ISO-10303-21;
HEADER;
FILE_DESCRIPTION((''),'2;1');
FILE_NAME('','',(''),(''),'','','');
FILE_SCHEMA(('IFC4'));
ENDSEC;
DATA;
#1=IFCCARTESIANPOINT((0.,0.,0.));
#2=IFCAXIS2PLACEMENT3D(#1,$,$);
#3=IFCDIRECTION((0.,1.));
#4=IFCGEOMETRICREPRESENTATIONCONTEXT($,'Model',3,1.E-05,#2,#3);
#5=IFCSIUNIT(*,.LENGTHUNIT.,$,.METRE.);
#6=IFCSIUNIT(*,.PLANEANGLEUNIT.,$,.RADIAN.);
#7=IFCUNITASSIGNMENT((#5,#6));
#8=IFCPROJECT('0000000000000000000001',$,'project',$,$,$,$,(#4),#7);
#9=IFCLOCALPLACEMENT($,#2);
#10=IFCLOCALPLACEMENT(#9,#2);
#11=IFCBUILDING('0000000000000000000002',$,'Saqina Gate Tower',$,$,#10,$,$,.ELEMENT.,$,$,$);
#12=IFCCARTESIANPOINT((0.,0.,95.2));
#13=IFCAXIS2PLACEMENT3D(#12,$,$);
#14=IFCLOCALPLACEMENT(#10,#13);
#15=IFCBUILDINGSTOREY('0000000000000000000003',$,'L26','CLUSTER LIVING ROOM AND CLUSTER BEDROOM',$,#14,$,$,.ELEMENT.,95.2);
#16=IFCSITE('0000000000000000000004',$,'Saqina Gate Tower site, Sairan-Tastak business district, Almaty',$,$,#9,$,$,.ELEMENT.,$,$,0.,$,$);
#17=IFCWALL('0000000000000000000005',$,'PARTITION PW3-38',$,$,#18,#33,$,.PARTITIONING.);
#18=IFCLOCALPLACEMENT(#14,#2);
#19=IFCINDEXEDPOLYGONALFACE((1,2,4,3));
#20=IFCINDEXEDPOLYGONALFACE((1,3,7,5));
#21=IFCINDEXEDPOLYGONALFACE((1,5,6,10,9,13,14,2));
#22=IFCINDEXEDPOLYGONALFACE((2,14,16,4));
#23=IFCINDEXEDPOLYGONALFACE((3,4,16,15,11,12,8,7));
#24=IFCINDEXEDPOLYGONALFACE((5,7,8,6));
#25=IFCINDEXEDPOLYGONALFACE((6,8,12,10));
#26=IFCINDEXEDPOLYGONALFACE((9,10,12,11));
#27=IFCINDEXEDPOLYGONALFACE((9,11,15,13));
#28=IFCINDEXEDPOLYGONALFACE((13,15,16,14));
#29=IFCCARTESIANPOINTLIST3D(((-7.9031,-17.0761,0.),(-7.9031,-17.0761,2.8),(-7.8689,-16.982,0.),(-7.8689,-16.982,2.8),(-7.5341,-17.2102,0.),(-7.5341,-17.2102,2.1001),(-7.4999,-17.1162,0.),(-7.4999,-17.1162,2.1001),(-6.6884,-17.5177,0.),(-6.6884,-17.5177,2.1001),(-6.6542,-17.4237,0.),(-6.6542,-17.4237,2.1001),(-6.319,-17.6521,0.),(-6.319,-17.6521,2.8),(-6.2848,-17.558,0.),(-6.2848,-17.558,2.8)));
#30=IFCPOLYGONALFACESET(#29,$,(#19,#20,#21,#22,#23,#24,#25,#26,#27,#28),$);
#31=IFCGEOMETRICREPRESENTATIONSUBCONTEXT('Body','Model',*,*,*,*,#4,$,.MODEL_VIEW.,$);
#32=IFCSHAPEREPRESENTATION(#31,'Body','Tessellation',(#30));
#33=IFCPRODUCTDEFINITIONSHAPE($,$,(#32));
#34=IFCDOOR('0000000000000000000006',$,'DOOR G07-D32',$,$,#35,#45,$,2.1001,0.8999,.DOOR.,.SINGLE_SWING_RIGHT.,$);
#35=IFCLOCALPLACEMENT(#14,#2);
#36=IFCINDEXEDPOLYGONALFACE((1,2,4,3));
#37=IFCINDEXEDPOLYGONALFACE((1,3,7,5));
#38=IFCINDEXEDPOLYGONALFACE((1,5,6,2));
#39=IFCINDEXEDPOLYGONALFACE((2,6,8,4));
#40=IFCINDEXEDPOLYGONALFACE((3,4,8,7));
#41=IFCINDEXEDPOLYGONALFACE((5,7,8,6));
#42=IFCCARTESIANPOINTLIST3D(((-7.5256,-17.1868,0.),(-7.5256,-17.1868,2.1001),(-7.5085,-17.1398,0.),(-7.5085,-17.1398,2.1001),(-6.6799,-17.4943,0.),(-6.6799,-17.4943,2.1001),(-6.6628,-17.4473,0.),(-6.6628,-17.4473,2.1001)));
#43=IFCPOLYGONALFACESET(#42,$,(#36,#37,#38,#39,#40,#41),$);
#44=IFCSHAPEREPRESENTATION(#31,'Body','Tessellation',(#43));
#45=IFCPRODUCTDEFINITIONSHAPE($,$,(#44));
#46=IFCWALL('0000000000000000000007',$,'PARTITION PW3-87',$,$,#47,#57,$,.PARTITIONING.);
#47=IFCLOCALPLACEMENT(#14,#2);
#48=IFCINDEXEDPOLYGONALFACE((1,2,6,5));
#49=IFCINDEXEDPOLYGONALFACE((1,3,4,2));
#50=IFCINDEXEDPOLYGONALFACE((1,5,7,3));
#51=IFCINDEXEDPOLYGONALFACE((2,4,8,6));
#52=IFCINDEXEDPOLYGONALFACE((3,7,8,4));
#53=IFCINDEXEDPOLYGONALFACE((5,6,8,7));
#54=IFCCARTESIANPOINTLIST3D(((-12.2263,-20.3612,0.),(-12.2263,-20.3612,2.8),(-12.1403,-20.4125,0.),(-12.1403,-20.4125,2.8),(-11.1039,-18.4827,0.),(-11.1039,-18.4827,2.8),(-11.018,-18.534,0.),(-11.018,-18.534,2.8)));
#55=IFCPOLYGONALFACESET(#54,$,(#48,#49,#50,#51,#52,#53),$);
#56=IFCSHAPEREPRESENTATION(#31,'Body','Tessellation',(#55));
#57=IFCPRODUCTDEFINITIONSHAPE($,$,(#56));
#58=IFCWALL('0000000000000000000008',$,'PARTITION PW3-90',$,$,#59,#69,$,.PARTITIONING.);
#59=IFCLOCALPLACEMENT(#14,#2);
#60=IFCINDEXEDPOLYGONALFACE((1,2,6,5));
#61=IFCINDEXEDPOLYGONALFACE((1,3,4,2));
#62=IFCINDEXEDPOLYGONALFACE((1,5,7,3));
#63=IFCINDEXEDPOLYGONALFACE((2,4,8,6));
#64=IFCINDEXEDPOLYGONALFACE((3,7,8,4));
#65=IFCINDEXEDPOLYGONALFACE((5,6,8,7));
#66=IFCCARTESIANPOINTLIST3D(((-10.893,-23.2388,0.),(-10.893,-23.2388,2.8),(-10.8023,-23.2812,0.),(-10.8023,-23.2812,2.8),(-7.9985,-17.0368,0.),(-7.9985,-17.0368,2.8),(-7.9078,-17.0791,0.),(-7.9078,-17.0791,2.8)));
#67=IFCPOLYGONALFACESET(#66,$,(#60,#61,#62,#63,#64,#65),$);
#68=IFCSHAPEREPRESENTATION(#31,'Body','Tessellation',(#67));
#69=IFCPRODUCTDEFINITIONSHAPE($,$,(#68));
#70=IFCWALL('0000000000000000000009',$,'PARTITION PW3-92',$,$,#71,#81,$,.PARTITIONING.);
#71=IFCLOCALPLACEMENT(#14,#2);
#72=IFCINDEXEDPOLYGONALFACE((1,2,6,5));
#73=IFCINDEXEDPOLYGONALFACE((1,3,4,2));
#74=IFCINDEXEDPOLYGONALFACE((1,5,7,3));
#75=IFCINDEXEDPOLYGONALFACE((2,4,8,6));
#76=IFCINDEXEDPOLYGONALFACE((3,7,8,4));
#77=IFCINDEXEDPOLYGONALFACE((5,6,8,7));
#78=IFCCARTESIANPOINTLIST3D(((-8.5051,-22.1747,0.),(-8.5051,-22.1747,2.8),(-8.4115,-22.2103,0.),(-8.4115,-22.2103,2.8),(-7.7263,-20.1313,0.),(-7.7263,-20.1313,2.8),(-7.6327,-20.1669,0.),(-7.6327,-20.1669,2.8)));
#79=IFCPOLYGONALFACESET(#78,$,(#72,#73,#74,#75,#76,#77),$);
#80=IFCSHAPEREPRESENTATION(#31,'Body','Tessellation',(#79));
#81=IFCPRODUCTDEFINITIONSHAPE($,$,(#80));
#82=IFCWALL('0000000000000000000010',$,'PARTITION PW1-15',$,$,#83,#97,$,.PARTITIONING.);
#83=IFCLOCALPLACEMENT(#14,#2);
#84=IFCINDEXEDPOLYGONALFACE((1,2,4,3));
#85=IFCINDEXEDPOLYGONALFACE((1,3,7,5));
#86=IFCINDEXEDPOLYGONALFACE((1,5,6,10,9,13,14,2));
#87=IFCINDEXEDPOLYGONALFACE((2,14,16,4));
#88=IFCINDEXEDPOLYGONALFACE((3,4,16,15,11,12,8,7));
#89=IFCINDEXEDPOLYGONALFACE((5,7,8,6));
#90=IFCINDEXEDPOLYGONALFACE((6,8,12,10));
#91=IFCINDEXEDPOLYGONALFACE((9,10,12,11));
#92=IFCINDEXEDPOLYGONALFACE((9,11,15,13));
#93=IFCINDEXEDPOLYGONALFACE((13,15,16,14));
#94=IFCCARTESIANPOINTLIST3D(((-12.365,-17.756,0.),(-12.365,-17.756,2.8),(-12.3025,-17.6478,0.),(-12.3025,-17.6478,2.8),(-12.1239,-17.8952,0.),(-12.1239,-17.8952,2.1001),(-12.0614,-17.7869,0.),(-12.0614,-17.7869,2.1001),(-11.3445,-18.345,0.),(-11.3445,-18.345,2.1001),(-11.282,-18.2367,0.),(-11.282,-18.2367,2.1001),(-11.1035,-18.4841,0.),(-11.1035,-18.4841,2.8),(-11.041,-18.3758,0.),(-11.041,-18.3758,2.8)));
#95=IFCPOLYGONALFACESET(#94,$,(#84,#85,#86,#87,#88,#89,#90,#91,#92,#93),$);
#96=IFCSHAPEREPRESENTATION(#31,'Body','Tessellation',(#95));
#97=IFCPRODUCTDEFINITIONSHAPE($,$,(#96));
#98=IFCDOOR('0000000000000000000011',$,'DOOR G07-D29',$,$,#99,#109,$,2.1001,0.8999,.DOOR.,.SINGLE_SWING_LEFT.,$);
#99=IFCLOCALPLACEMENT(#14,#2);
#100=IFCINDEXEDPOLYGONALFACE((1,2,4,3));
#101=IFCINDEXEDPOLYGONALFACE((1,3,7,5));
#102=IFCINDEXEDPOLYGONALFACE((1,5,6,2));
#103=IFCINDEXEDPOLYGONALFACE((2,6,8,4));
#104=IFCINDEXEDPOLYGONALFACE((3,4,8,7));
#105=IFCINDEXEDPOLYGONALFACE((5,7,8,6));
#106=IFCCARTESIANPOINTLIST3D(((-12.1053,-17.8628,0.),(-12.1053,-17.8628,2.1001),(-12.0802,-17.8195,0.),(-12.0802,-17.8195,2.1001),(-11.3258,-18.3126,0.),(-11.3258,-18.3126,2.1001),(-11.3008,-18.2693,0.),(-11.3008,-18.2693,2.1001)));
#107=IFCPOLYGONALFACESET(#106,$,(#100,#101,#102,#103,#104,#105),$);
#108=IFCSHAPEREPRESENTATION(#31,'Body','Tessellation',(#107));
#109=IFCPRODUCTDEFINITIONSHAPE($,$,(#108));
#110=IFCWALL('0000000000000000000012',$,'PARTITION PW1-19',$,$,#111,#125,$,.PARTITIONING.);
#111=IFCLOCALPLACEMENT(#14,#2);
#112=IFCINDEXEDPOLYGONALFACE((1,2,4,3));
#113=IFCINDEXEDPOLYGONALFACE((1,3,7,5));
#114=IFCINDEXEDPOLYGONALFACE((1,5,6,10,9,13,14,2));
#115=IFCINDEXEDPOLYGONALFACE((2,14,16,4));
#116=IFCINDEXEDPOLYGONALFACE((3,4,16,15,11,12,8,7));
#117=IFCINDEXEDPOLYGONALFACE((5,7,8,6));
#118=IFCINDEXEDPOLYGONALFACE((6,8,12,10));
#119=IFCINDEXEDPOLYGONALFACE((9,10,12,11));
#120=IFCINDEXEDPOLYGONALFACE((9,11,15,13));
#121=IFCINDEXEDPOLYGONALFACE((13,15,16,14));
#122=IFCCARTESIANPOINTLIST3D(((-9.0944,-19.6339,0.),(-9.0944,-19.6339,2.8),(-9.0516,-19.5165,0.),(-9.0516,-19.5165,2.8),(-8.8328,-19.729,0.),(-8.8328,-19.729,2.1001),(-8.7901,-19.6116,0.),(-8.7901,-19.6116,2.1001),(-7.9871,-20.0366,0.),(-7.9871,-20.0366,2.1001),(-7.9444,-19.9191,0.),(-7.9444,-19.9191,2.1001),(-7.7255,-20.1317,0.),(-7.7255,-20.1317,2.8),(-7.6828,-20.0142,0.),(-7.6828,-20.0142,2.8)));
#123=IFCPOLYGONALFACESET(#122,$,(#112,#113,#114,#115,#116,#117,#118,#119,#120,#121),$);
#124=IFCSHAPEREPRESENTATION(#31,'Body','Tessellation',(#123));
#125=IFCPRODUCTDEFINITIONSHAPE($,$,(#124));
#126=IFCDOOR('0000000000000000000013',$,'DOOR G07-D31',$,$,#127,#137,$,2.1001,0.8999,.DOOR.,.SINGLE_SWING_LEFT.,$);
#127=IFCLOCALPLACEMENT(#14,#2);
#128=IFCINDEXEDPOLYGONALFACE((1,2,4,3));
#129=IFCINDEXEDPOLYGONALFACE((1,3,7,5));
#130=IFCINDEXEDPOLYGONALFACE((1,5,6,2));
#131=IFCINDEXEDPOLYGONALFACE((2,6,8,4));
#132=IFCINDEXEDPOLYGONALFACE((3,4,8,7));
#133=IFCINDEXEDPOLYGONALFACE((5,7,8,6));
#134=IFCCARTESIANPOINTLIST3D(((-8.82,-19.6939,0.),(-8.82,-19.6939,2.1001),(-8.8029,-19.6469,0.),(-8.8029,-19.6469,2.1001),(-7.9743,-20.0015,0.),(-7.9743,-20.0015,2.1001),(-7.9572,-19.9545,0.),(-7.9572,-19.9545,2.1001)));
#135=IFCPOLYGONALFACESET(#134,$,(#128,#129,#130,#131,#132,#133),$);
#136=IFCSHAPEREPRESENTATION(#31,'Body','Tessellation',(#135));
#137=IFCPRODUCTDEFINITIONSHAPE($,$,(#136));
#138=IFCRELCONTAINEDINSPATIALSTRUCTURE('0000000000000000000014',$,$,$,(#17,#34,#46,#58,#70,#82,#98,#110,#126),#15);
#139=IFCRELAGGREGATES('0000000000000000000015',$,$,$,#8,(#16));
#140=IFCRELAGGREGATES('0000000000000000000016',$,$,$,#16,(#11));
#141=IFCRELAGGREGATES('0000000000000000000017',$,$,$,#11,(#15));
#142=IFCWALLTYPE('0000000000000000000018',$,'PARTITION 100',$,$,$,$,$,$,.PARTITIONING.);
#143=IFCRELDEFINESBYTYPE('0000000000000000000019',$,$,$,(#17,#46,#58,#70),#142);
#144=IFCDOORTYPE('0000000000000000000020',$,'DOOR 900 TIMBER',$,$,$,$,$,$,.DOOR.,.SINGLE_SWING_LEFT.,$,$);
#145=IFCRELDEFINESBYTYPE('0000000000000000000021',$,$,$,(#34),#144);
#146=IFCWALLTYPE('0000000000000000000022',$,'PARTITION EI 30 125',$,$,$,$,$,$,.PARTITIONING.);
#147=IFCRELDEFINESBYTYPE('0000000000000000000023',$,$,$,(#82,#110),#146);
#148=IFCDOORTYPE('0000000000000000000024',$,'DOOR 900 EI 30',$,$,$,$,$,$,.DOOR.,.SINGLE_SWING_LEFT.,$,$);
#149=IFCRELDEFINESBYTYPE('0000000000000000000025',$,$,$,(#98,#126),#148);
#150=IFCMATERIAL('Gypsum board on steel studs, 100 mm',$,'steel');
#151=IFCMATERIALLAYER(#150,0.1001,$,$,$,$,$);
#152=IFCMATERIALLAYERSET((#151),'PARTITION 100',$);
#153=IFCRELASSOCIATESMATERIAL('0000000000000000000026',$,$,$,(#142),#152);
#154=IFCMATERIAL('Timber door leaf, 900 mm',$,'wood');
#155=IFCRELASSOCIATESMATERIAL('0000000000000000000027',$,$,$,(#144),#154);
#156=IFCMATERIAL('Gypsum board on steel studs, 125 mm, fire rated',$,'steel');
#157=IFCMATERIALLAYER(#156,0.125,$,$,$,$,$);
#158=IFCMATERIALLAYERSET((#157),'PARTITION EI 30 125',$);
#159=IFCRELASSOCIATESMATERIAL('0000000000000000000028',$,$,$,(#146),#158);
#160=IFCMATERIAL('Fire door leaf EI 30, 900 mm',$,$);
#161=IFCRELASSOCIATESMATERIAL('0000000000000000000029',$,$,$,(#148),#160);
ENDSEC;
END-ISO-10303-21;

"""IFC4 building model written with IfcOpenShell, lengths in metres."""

from ifc_helpers import new_model, si_unit, direction, frame, frame_2d, origin, place, context, subcontext, project, spatial, rectangle, extrude, material, layer, layer_set, type_object, element, fill, save


model = new_model("IFC4")

# Units and contexts
model_context = context("Model", 3, precision=1e-05, world=origin(), true_north=direction((0.0, 1.0)))
body_context = subcontext(model_context, "Body", "Model", "MODEL_VIEW")
ifc_project = project(units=[si_unit("LENGTHUNIT", "METRE"), si_unit("PLANEANGLEUNIT", "RADIAN")], contexts=[model_context])

# Site, building, storey
site_placement = place(None, origin())
site = spatial("IfcSite", under=ifc_project, at=site_placement, Name="Saqina Gate Tower site, Sairan-Tastak business district, Almaty", CompositionType="ELEMENT", RefElevation=0.0)
building_placement = place(site_placement, origin())
building = spatial("IfcBuilding", under=site, at=building_placement, Name="Saqina Gate Tower", CompositionType="ELEMENT")
storey_placement = place(building_placement, frame((0.0, 0.0, 95.2)))
storey = spatial("IfcBuildingStorey", under=building, at=storey_placement, Name="L26", Description="CLUSTER LIVING ROOM AND CLUSTER BEDROOM", CompositionType="ELEMENT", Elevation=95.2)

# Shared definitions
ifc_material_1 = material(Name="Gypsum board on steel studs, 100 mm", Category="steel")
ifc_layer_1 = layer(ifc_material_1, 0.1001)
ifc_layer_set_1 = layer_set([ifc_layer_1], Name="PARTITION 100")
wall_type_1 = type_object("IfcWallType", Name="PARTITION 100", PredefinedType="PARTITIONING", material=ifc_layer_set_1)

# Wall, opening, door
wall_1_placement = place(storey_placement, frame((-7.886, -17.0291, 0.0), z_axis=(0.0, 0.0, 1.0), x_axis=(0.939806, -0.341708, 0.0)))
wall_1 = element("IfcWall", 1, at=wall_1_placement, inside=storey, type_object=wall_type_1, Name="PARTITION PW3-38", PredefinedType="PARTITIONING", context=body_context, shape_type="SweptSolid", body=[
    extrude(rectangle(XDim=1.6855, YDim=0.1001, at=frame_2d((0.8428, 0.0))), origin(), (0.0, 0.0, 1.0), 2.8),
])
opening_1_placement = place(wall_1_placement, frame((0.3926, 0.0, 0.0)))
opening_1 = element("IfcOpeningElement", 2, at=opening_1_placement, cuts=wall_1, PredefinedType="OPENING", context=body_context, shape_type="SweptSolid", body=[
    extrude(rectangle(XDim=0.8999, YDim=2.1001, at=frame_2d((0.45, 1.05))), frame((0.0, 0.062, 0.0), z_axis=(0.0, -1.0, 0.0), x_axis=(1.0, 0.0, 0.0)), (0.0, 0.0, 1.0), 0.124),
])
ifc_material_2 = material(Name="Timber door leaf, 900 mm", Category="wood")
door_type_1 = type_object("IfcDoorType", Name="DOOR 900 TIMBER", OperationType="SINGLE_SWING_LEFT", PredefinedType="DOOR", material=ifc_material_2)
door_1_placement = place(opening_1_placement, origin())
door_1 = element("IfcDoor", 3, at=door_1_placement, inside=storey, type_object=door_type_1, Name="DOOR G07-D32", OperationType="SINGLE_SWING_RIGHT", OverallHeight=2.1001, OverallWidth=0.8999, PredefinedType="DOOR", context=body_context, shape_type="SweptSolid", body=[
    extrude(rectangle(XDim=0.8999, YDim=2.1001, at=frame_2d((0.45, 1.05))), frame((0.0, 0.0249, 0.0), z_axis=(0.0, -1.0, 0.0), x_axis=(1.0, 0.0, 0.0)), (0.0, 0.0, 1.0), 0.05),
])
fill(opening_1, door_1)

# Walls
wall_2_placement = place(storey_placement, frame((-12.1833, -20.387, 0.0), z_axis=(0.0, 0.0, 1.0), x_axis=(0.512903, 0.858446, 0.0)))
element("IfcWall", 4, at=wall_2_placement, inside=storey, type_object=wall_type_1, Name="PARTITION PW3-87", PredefinedType="PARTITIONING", context=body_context, shape_type="SweptSolid", body=[
    extrude(rectangle(XDim=2.1882, YDim=0.1001, at=frame_2d((1.0942, 0.0))), origin(), (0.0, 0.0, 1.0), 2.8),
])
wall_3_placement = place(storey_placement, frame((-10.8477, -23.26, 0.0), z_axis=(0.0, 0.0, 1.0), x_axis=(0.422909, 0.906172, 0.0)))
element("IfcWall", 5, at=wall_3_placement, inside=storey, type_object=wall_type_1, Name="PARTITION PW3-90", PredefinedType="PARTITIONING", context=body_context, shape_type="SweptSolid", body=[
    extrude(rectangle(XDim=6.8442, YDim=0.1001, at=frame_2d((3.4221, 0.0))), origin(), (0.0, 0.0, 1.0), 2.8),
])
wall_4_placement = place(storey_placement, frame((-8.4583, -22.1924, 0.0), z_axis=(0.0, 0.0, 1.0), x_axis=(0.356135, 0.934435, 0.0)))
element("IfcWall", 6, at=wall_4_placement, inside=storey, type_object=wall_type_1, Name="PARTITION PW3-92", PredefinedType="PARTITIONING", context=body_context, shape_type="SweptSolid", body=[
    extrude(rectangle(XDim=2.1868, YDim=0.1001, at=frame_2d((1.0933, 0.0))), origin(), (0.0, 0.0, 1.0), 2.8),
])

# Walls, openings, doors
ifc_material_3 = material(Name="Gypsum board on steel studs, 125 mm, fire rated", Category="steel")
ifc_layer_2 = layer(ifc_material_3, 0.125)
ifc_layer_set_2 = layer_set([ifc_layer_2], Name="PARTITION EI 30 125")
wall_type_2 = type_object("IfcWallType", Name="PARTITION EI 30 125", PredefinedType="PARTITIONING", material=ifc_layer_set_2)
wall_5_placement = place(storey_placement, frame((-12.3337, -17.7019, 0.0), z_axis=(0.0, 0.0, 1.0), x_axis=(0.86611, -0.499853, 0.0)))
wall_5 = element("IfcWall", 7, at=wall_5_placement, inside=storey, type_object=wall_type_2, Name="PARTITION PW1-15", PredefinedType="PARTITIONING", context=body_context, shape_type="SweptSolid", body=[
    extrude(rectangle(XDim=1.4565, YDim=0.125, at=frame_2d((0.7283, 0.0))), origin(), (0.0, 0.0, 1.0), 2.8),
])
opening_2_placement = place(wall_5_placement, frame((0.2783, 0.0, 0.0)))
opening_2 = element("IfcOpeningElement", 8, at=opening_2_placement, cuts=wall_5, PredefinedType="OPENING", context=body_context, shape_type="SweptSolid", body=[
    extrude(rectangle(XDim=0.8999, YDim=2.1001, at=frame_2d((0.45, 1.05))), frame((0.0, 0.0745, 0.0), z_axis=(0.0, -1.0, 0.0), x_axis=(1.0, 0.0, 0.0)), (0.0, 0.0, 1.0), 0.1489),
])
ifc_material_4 = material(Name="Fire door leaf EI 30, 900 mm")
door_type_2 = type_object("IfcDoorType", Name="DOOR 900 EI 30", OperationType="SINGLE_SWING_LEFT", PredefinedType="DOOR", material=ifc_material_4)
door_2_placement = place(opening_2_placement, origin())
door_2 = element("IfcDoor", 9, at=door_2_placement, inside=storey, type_object=door_type_2, Name="DOOR G07-D29", OperationType="SINGLE_SWING_LEFT", OverallHeight=2.1001, OverallWidth=0.8999, PredefinedType="DOOR", context=body_context, shape_type="SweptSolid", body=[
    extrude(rectangle(XDim=0.8999, YDim=2.1001, at=frame_2d((0.45, 1.05))), frame((0.0, 0.0249, 0.0), z_axis=(0.0, -1.0, 0.0), x_axis=(1.0, 0.0, 0.0)), (0.0, 0.0, 1.0), 0.05),
])
fill(opening_2, door_2)
wall_6_placement = place(storey_placement, frame((-9.073, -19.5752, 0.0), z_axis=(0.0, 0.0, 1.0), x_axis=(0.939789, -0.341757, 0.0)))
wall_6 = element("IfcWall", 10, at=wall_6_placement, inside=storey, type_object=wall_type_2, Name="PARTITION PW1-19", PredefinedType="PARTITIONING", context=body_context, shape_type="SweptSolid", body=[
    extrude(rectangle(XDim=1.4565, YDim=0.125, at=frame_2d((0.7283, 0.0))), origin(), (0.0, 0.0, 1.0), 2.8),
])
opening_3_placement = place(wall_6_placement, frame((0.2783, 0.0, 0.0)))
opening_3 = element("IfcOpeningElement", 11, at=opening_3_placement, cuts=wall_6, PredefinedType="OPENING", context=body_context, shape_type="SweptSolid", body=[
    extrude(rectangle(XDim=0.8999, YDim=2.1001, at=frame_2d((0.45, 1.05))), frame((0.0, 0.0745, 0.0), z_axis=(0.0, -1.0, 0.0), x_axis=(1.0, 0.0, 0.0)), (0.0, 0.0, 1.0), 0.1489),
])
door_3_placement = place(opening_3_placement, origin())
door_3 = element("IfcDoor", 12, at=door_3_placement, inside=storey, type_object=door_type_2, Name="DOOR G07-D31", OperationType="SINGLE_SWING_LEFT", OverallHeight=2.1001, OverallWidth=0.8999, PredefinedType="DOOR", context=body_context, shape_type="SweptSolid", body=[
    extrude(rectangle(XDim=0.8999, YDim=2.1001, at=frame_2d((0.45, 1.05))), frame((0.0, 0.0249, 0.0), z_axis=(0.0, -1.0, 0.0), x_axis=(1.0, 0.0, 0.0)), (0.0, 0.0, 1.0), 0.05),
])
fill(opening_3, door_3)

save(model, "model.ifc")
